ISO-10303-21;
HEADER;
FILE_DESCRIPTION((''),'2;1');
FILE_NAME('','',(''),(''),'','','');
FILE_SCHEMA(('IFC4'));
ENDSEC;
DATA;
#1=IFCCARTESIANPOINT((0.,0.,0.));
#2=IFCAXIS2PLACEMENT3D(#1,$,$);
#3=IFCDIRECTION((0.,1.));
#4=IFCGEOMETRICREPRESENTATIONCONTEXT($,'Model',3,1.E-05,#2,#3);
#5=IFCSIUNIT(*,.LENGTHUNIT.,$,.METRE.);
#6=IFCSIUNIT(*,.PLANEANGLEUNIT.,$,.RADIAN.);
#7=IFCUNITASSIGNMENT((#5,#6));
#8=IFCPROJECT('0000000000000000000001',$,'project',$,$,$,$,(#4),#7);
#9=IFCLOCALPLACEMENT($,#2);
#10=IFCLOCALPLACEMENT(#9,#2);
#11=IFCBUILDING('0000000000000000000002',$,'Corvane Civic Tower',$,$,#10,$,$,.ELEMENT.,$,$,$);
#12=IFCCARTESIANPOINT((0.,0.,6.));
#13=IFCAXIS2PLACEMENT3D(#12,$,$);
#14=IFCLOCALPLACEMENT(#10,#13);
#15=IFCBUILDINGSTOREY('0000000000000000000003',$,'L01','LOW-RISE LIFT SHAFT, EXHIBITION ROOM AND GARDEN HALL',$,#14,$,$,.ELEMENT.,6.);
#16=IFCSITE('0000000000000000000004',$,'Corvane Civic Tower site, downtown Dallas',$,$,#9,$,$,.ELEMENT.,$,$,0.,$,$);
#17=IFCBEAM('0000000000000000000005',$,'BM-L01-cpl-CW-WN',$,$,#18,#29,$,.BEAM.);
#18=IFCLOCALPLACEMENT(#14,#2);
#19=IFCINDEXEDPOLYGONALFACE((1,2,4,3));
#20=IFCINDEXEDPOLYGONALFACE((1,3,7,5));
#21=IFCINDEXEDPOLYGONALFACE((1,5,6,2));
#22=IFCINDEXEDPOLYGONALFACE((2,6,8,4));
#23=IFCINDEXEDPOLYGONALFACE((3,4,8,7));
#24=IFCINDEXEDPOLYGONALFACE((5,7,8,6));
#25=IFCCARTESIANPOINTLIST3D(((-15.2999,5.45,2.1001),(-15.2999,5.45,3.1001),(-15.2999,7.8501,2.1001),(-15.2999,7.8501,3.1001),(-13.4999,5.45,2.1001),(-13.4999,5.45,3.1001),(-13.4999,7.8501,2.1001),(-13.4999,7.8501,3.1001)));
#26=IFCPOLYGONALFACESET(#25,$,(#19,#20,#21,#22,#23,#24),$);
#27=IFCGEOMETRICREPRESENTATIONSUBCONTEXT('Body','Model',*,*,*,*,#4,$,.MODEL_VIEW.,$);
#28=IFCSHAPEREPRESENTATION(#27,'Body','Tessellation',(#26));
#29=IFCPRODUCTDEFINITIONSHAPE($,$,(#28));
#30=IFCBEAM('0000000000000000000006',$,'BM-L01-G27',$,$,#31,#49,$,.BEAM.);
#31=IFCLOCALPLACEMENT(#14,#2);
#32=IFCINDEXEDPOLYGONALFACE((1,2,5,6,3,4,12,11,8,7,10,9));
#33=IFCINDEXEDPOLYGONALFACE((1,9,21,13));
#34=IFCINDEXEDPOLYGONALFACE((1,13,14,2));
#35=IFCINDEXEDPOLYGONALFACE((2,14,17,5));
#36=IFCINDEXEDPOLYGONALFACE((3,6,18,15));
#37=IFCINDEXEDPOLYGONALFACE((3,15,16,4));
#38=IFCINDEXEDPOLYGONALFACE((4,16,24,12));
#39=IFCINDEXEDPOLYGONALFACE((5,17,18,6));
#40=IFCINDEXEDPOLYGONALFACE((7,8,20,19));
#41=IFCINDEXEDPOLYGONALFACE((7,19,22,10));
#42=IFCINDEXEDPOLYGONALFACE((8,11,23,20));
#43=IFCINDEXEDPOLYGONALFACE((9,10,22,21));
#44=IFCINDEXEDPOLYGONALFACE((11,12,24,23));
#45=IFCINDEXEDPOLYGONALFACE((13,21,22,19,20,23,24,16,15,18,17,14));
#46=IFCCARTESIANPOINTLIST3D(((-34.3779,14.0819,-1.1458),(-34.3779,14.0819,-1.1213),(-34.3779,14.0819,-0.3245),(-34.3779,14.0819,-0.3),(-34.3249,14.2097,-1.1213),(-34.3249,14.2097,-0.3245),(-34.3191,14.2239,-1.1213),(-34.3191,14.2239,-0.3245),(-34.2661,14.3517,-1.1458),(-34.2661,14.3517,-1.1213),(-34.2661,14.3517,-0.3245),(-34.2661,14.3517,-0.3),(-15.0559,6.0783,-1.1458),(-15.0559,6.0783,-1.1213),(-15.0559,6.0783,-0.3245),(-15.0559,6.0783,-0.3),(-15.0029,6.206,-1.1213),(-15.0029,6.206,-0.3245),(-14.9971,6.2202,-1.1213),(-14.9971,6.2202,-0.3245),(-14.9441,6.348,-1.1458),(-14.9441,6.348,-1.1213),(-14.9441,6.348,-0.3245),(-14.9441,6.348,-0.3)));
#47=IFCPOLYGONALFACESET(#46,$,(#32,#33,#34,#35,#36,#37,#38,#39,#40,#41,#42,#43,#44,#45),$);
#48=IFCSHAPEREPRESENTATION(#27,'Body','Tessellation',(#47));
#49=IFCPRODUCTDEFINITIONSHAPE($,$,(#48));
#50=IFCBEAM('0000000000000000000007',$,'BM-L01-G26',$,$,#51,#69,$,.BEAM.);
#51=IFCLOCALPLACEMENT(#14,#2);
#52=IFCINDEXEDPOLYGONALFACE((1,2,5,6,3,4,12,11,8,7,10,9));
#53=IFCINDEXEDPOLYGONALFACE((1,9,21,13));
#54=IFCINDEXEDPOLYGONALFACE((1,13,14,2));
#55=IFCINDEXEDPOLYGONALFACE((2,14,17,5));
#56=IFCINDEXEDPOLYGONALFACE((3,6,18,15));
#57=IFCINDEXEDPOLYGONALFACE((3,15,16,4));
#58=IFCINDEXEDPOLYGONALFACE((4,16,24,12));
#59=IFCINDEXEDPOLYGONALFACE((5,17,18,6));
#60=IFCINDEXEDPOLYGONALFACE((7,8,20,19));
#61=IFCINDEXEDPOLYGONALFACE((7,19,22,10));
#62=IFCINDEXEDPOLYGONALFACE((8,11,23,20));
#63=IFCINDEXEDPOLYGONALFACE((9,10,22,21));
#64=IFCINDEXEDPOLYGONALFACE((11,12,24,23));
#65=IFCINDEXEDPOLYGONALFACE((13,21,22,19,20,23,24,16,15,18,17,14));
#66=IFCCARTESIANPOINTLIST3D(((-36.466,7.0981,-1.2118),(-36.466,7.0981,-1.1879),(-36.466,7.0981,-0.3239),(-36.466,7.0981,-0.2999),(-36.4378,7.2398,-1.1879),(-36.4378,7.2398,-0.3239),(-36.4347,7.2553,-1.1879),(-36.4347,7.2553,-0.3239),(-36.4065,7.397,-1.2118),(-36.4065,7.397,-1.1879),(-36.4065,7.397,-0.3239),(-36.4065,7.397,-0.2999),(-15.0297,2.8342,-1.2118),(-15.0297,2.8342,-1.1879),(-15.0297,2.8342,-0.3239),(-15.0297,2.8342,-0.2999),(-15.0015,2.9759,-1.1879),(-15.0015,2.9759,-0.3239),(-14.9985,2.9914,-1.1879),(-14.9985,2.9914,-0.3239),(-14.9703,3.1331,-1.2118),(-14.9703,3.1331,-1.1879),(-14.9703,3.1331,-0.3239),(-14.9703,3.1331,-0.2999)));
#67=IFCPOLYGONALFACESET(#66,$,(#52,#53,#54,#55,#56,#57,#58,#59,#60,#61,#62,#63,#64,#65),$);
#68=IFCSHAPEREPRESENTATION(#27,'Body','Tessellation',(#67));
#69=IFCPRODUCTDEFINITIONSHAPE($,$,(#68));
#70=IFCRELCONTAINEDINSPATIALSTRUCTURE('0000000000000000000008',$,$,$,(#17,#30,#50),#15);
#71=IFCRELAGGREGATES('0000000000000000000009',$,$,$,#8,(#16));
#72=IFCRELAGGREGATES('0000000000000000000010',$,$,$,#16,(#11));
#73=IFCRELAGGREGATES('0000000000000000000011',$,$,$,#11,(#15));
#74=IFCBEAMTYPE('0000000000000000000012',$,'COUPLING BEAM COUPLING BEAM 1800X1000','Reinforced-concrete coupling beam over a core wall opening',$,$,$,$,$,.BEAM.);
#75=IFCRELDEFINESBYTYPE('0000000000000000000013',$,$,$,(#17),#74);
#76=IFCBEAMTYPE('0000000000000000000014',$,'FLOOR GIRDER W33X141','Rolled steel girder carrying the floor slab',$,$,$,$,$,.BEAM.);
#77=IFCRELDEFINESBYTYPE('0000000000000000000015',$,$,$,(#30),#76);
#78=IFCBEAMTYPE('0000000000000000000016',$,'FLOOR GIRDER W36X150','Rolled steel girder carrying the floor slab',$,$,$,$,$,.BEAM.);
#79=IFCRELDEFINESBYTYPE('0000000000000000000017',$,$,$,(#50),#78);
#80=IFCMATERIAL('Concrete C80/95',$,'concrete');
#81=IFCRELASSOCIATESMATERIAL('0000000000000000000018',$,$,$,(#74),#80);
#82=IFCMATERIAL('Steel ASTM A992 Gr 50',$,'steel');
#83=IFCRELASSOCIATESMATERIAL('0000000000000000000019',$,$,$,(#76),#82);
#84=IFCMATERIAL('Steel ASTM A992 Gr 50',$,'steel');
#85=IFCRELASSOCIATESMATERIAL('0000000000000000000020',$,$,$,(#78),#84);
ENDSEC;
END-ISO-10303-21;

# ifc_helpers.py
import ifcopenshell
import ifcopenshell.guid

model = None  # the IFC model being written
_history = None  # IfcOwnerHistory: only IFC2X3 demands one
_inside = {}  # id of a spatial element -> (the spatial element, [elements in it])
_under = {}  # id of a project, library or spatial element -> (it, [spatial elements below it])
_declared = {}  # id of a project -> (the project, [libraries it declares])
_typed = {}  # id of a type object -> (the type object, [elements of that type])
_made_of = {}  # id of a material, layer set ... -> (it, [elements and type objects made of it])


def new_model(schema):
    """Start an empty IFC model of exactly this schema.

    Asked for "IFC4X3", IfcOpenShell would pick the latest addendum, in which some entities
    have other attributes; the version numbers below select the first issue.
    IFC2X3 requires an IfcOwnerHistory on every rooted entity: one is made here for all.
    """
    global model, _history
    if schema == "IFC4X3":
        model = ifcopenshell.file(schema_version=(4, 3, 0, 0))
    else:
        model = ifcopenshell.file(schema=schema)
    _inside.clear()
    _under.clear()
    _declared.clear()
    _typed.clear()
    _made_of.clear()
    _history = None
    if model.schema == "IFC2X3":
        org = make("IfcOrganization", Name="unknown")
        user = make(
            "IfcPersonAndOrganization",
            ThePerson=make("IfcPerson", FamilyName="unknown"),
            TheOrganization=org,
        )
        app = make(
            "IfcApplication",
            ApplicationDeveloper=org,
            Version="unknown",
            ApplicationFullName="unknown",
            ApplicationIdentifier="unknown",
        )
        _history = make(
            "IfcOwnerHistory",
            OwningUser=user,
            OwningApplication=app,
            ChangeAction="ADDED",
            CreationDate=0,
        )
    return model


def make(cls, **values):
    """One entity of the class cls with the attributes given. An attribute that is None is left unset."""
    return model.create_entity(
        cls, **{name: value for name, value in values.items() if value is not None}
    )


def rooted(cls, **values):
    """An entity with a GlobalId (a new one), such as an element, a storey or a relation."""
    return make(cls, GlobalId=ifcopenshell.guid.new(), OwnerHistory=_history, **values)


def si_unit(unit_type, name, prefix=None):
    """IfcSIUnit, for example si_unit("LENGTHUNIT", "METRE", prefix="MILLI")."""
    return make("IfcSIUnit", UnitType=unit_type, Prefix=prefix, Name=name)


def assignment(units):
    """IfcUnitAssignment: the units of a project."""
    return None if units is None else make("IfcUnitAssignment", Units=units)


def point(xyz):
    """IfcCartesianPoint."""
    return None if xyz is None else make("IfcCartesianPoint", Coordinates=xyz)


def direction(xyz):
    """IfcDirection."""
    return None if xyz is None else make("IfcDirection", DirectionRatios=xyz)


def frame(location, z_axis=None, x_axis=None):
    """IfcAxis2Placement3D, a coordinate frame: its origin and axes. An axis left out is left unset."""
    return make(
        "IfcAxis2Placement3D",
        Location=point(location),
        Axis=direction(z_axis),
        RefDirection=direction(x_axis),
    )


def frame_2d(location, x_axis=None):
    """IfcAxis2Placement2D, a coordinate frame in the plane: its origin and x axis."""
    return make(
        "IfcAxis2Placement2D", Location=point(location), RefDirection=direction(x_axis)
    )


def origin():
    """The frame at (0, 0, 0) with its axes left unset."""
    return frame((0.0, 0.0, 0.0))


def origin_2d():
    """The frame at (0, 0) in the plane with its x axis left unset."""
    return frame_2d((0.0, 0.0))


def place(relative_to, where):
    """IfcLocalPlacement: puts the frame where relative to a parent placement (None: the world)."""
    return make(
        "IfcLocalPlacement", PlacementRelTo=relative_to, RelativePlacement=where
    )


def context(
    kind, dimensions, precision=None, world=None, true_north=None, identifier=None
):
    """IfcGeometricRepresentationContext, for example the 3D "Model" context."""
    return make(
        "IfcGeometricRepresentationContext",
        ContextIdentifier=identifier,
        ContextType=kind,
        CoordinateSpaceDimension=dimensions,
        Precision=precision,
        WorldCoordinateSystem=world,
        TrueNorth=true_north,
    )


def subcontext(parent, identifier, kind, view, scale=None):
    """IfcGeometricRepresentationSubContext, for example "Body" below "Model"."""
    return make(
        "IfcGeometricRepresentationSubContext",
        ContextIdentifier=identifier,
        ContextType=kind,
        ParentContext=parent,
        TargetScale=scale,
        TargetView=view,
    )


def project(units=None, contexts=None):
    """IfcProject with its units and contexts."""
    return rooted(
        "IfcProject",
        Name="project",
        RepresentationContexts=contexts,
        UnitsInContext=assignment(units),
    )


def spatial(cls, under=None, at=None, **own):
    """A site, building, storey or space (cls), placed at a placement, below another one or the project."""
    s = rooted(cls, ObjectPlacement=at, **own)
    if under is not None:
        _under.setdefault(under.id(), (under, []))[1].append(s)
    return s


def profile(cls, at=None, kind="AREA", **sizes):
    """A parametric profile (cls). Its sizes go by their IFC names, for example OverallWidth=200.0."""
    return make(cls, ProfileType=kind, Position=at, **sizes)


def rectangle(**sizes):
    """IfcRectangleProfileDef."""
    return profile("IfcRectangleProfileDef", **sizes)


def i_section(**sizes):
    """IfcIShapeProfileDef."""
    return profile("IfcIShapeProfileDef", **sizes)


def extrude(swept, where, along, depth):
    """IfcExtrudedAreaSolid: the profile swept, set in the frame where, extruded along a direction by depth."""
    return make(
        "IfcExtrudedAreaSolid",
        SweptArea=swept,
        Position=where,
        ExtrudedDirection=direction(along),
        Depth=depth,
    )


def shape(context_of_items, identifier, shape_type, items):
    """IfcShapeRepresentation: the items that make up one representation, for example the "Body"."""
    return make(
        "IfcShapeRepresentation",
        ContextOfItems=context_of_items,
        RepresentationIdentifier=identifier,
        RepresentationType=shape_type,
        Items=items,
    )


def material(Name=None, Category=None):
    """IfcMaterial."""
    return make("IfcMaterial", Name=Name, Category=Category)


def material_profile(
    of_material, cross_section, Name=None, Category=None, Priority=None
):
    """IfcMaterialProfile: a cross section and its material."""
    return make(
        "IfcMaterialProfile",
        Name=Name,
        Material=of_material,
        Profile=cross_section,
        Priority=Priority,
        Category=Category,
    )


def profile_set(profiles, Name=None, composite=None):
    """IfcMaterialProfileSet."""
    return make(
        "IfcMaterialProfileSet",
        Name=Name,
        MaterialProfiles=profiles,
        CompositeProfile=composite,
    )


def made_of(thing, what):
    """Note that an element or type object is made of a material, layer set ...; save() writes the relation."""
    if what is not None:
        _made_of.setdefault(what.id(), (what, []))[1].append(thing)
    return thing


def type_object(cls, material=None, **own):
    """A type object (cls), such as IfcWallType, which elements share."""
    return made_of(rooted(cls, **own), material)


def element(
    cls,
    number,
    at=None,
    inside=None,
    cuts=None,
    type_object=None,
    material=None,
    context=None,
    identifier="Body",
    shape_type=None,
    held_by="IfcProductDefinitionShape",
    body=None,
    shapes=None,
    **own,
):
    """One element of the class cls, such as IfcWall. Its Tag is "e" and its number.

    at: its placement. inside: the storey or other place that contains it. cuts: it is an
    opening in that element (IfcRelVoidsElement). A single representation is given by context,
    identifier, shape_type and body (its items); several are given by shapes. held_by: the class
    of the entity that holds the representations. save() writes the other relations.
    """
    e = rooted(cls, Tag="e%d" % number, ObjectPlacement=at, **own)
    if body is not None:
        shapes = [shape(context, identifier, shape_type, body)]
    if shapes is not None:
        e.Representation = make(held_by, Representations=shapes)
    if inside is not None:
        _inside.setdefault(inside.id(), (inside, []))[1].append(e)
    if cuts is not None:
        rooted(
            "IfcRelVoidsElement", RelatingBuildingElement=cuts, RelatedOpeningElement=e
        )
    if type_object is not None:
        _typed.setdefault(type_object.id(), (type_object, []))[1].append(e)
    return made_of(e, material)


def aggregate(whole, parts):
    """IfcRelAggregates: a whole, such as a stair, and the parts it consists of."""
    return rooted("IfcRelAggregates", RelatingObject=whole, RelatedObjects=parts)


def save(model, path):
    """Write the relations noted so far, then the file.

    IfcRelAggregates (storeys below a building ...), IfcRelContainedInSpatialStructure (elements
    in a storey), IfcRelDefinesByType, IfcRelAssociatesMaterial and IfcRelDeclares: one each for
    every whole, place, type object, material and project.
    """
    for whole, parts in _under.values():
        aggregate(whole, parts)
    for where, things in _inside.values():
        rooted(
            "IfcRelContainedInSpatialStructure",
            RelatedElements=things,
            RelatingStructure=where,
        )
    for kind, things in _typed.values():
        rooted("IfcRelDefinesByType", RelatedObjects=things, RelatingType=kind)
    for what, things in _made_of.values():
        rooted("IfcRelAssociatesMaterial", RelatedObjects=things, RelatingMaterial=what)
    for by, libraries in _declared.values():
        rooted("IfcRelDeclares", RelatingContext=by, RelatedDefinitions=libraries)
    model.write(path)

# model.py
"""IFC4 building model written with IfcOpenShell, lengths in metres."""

from ifc_helpers import new_model, si_unit, direction, frame, origin, origin_2d, place, context, subcontext, project, spatial, rectangle, i_section, extrude, material, material_profile, profile_set, type_object, element, save


model = new_model("IFC4")

# Units and contexts
model_context = context("Model", 3, precision=1e-05, world=origin(), true_north=direction((0.0, 1.0)))
body_context = subcontext(model_context, "Body", "Model", "MODEL_VIEW")
ifc_project = project(units=[si_unit("LENGTHUNIT", "METRE"), si_unit("PLANEANGLEUNIT", "RADIAN")], contexts=[model_context])

# Site, building, storey
site_placement = place(None, origin())
site = spatial("IfcSite", under=ifc_project, at=site_placement, Name="Corvane Civic Tower site, downtown Dallas", CompositionType="ELEMENT", RefElevation=0.0)
building_placement = place(site_placement, origin())
building = spatial("IfcBuilding", under=site, at=building_placement, Name="Corvane Civic Tower", CompositionType="ELEMENT")
storey_placement = place(building_placement, frame((0.0, 0.0, 6.0)))
storey = spatial("IfcBuildingStorey", under=building, at=storey_placement, Name="L01", Description="LOW-RISE LIFT SHAFT, EXHIBITION ROOM AND GARDEN HALL", CompositionType="ELEMENT", Elevation=6.0)

# Beams
ifc_material_1 = material(Name="Concrete C80/95", Category="concrete")
ifc_material_profile_1 = material_profile(ifc_material_1, rectangle(XDim=1.8, YDim=1.0, at=origin_2d()), Name="COUPLING BEAM 1800X1000")
ifc_profile_set_1 = profile_set([ifc_material_profile_1], Name="Concrete C80/95")
beam_type_1 = type_object("IfcBeamType", Name="COUPLING BEAM COUPLING BEAM 1800X1000", Description="Reinforced-concrete coupling beam over a core wall opening", PredefinedType="BEAM", material=ifc_profile_set_1)
beam_1_placement = place(storey_placement, frame((-14.3999, 5.45, 2.6001), z_axis=(0.0, 1.0, 0.0), x_axis=(-1.0, 0.0, 0.0)))
element("IfcBeam", 1, at=beam_1_placement, inside=storey, type_object=beam_type_1, Name="BM-L01-cpl-CW-WN", PredefinedType="BEAM", context=body_context, shape_type="SweptSolid", body=[
    extrude(rectangle(XDim=1.8, YDim=1.0, at=origin_2d()), origin(), (0.0, 0.0, 1.0), 2.4001),
])
ifc_material_2 = material(Name="Steel ASTM A992 Gr 50", Category="steel")
ifc_material_profile_2 = material_profile(ifc_material_2, i_section(OverallWidth=0.292, OverallDepth=0.8457, WebThickness=0.0154, FlangeThickness=0.0244, at=origin_2d()), Name="W33X141")
ifc_profile_set_2 = profile_set([ifc_material_profile_2], Name="Steel ASTM A992 Gr 50")
beam_type_2 = type_object("IfcBeamType", Name="FLOOR GIRDER W33X141", Description="Rolled steel girder carrying the floor slab", PredefinedType="BEAM", material=ifc_profile_set_2)
beam_2_placement = place(storey_placement, frame((-15.0, 6.2131, -0.7229), z_axis=(-0.923876, 0.382692, 0.0), x_axis=(-0.382692, -0.923876, 0.0)))
element("IfcBeam", 2, at=beam_2_placement, inside=storey, type_object=beam_type_2, Name="BM-L01-G27", PredefinedType="BEAM", context=body_context, shape_type="SweptSolid", body=[
    extrude(i_section(OverallWidth=0.292, OverallDepth=0.8457, WebThickness=0.0154, FlangeThickness=0.0244, at=origin_2d()), origin(), (0.0, 0.0, 1.0), 20.9141),
])
ifc_material_3 = material(Name="Steel ASTM A992 Gr 50", Category="steel")
ifc_material_profile_3 = material_profile(ifc_material_3, i_section(OverallWidth=0.3047, OverallDepth=0.9119, WebThickness=0.0159, FlangeThickness=0.0239, at=origin_2d()), Name="W36X150")
ifc_profile_set_3 = profile_set([ifc_material_profile_3], Name="Steel ASTM A992 Gr 50")
beam_type_3 = type_object("IfcBeamType", Name="FLOOR GIRDER W36X150", Description="Rolled steel girder carrying the floor slab", PredefinedType="BEAM", material=ifc_profile_set_3)
beam_3_placement = place(storey_placement, frame((-15.0, 2.9836, -0.7559), z_axis=(-0.980785, 0.195089, 0.0), x_axis=(-0.195089, -0.980785, 0.0)))
element("IfcBeam", 3, at=beam_3_placement, inside=storey, type_object=beam_type_3, Name="BM-L01-G26", PredefinedType="BEAM", context=body_context, shape_type="SweptSolid", body=[
    extrude(i_section(OverallWidth=0.3047, OverallDepth=0.9119, WebThickness=0.0159, FlangeThickness=0.0239, at=origin_2d()), origin(), (0.0, 0.0, 1.0), 21.8562),
])

save(model, "model.ifc")
